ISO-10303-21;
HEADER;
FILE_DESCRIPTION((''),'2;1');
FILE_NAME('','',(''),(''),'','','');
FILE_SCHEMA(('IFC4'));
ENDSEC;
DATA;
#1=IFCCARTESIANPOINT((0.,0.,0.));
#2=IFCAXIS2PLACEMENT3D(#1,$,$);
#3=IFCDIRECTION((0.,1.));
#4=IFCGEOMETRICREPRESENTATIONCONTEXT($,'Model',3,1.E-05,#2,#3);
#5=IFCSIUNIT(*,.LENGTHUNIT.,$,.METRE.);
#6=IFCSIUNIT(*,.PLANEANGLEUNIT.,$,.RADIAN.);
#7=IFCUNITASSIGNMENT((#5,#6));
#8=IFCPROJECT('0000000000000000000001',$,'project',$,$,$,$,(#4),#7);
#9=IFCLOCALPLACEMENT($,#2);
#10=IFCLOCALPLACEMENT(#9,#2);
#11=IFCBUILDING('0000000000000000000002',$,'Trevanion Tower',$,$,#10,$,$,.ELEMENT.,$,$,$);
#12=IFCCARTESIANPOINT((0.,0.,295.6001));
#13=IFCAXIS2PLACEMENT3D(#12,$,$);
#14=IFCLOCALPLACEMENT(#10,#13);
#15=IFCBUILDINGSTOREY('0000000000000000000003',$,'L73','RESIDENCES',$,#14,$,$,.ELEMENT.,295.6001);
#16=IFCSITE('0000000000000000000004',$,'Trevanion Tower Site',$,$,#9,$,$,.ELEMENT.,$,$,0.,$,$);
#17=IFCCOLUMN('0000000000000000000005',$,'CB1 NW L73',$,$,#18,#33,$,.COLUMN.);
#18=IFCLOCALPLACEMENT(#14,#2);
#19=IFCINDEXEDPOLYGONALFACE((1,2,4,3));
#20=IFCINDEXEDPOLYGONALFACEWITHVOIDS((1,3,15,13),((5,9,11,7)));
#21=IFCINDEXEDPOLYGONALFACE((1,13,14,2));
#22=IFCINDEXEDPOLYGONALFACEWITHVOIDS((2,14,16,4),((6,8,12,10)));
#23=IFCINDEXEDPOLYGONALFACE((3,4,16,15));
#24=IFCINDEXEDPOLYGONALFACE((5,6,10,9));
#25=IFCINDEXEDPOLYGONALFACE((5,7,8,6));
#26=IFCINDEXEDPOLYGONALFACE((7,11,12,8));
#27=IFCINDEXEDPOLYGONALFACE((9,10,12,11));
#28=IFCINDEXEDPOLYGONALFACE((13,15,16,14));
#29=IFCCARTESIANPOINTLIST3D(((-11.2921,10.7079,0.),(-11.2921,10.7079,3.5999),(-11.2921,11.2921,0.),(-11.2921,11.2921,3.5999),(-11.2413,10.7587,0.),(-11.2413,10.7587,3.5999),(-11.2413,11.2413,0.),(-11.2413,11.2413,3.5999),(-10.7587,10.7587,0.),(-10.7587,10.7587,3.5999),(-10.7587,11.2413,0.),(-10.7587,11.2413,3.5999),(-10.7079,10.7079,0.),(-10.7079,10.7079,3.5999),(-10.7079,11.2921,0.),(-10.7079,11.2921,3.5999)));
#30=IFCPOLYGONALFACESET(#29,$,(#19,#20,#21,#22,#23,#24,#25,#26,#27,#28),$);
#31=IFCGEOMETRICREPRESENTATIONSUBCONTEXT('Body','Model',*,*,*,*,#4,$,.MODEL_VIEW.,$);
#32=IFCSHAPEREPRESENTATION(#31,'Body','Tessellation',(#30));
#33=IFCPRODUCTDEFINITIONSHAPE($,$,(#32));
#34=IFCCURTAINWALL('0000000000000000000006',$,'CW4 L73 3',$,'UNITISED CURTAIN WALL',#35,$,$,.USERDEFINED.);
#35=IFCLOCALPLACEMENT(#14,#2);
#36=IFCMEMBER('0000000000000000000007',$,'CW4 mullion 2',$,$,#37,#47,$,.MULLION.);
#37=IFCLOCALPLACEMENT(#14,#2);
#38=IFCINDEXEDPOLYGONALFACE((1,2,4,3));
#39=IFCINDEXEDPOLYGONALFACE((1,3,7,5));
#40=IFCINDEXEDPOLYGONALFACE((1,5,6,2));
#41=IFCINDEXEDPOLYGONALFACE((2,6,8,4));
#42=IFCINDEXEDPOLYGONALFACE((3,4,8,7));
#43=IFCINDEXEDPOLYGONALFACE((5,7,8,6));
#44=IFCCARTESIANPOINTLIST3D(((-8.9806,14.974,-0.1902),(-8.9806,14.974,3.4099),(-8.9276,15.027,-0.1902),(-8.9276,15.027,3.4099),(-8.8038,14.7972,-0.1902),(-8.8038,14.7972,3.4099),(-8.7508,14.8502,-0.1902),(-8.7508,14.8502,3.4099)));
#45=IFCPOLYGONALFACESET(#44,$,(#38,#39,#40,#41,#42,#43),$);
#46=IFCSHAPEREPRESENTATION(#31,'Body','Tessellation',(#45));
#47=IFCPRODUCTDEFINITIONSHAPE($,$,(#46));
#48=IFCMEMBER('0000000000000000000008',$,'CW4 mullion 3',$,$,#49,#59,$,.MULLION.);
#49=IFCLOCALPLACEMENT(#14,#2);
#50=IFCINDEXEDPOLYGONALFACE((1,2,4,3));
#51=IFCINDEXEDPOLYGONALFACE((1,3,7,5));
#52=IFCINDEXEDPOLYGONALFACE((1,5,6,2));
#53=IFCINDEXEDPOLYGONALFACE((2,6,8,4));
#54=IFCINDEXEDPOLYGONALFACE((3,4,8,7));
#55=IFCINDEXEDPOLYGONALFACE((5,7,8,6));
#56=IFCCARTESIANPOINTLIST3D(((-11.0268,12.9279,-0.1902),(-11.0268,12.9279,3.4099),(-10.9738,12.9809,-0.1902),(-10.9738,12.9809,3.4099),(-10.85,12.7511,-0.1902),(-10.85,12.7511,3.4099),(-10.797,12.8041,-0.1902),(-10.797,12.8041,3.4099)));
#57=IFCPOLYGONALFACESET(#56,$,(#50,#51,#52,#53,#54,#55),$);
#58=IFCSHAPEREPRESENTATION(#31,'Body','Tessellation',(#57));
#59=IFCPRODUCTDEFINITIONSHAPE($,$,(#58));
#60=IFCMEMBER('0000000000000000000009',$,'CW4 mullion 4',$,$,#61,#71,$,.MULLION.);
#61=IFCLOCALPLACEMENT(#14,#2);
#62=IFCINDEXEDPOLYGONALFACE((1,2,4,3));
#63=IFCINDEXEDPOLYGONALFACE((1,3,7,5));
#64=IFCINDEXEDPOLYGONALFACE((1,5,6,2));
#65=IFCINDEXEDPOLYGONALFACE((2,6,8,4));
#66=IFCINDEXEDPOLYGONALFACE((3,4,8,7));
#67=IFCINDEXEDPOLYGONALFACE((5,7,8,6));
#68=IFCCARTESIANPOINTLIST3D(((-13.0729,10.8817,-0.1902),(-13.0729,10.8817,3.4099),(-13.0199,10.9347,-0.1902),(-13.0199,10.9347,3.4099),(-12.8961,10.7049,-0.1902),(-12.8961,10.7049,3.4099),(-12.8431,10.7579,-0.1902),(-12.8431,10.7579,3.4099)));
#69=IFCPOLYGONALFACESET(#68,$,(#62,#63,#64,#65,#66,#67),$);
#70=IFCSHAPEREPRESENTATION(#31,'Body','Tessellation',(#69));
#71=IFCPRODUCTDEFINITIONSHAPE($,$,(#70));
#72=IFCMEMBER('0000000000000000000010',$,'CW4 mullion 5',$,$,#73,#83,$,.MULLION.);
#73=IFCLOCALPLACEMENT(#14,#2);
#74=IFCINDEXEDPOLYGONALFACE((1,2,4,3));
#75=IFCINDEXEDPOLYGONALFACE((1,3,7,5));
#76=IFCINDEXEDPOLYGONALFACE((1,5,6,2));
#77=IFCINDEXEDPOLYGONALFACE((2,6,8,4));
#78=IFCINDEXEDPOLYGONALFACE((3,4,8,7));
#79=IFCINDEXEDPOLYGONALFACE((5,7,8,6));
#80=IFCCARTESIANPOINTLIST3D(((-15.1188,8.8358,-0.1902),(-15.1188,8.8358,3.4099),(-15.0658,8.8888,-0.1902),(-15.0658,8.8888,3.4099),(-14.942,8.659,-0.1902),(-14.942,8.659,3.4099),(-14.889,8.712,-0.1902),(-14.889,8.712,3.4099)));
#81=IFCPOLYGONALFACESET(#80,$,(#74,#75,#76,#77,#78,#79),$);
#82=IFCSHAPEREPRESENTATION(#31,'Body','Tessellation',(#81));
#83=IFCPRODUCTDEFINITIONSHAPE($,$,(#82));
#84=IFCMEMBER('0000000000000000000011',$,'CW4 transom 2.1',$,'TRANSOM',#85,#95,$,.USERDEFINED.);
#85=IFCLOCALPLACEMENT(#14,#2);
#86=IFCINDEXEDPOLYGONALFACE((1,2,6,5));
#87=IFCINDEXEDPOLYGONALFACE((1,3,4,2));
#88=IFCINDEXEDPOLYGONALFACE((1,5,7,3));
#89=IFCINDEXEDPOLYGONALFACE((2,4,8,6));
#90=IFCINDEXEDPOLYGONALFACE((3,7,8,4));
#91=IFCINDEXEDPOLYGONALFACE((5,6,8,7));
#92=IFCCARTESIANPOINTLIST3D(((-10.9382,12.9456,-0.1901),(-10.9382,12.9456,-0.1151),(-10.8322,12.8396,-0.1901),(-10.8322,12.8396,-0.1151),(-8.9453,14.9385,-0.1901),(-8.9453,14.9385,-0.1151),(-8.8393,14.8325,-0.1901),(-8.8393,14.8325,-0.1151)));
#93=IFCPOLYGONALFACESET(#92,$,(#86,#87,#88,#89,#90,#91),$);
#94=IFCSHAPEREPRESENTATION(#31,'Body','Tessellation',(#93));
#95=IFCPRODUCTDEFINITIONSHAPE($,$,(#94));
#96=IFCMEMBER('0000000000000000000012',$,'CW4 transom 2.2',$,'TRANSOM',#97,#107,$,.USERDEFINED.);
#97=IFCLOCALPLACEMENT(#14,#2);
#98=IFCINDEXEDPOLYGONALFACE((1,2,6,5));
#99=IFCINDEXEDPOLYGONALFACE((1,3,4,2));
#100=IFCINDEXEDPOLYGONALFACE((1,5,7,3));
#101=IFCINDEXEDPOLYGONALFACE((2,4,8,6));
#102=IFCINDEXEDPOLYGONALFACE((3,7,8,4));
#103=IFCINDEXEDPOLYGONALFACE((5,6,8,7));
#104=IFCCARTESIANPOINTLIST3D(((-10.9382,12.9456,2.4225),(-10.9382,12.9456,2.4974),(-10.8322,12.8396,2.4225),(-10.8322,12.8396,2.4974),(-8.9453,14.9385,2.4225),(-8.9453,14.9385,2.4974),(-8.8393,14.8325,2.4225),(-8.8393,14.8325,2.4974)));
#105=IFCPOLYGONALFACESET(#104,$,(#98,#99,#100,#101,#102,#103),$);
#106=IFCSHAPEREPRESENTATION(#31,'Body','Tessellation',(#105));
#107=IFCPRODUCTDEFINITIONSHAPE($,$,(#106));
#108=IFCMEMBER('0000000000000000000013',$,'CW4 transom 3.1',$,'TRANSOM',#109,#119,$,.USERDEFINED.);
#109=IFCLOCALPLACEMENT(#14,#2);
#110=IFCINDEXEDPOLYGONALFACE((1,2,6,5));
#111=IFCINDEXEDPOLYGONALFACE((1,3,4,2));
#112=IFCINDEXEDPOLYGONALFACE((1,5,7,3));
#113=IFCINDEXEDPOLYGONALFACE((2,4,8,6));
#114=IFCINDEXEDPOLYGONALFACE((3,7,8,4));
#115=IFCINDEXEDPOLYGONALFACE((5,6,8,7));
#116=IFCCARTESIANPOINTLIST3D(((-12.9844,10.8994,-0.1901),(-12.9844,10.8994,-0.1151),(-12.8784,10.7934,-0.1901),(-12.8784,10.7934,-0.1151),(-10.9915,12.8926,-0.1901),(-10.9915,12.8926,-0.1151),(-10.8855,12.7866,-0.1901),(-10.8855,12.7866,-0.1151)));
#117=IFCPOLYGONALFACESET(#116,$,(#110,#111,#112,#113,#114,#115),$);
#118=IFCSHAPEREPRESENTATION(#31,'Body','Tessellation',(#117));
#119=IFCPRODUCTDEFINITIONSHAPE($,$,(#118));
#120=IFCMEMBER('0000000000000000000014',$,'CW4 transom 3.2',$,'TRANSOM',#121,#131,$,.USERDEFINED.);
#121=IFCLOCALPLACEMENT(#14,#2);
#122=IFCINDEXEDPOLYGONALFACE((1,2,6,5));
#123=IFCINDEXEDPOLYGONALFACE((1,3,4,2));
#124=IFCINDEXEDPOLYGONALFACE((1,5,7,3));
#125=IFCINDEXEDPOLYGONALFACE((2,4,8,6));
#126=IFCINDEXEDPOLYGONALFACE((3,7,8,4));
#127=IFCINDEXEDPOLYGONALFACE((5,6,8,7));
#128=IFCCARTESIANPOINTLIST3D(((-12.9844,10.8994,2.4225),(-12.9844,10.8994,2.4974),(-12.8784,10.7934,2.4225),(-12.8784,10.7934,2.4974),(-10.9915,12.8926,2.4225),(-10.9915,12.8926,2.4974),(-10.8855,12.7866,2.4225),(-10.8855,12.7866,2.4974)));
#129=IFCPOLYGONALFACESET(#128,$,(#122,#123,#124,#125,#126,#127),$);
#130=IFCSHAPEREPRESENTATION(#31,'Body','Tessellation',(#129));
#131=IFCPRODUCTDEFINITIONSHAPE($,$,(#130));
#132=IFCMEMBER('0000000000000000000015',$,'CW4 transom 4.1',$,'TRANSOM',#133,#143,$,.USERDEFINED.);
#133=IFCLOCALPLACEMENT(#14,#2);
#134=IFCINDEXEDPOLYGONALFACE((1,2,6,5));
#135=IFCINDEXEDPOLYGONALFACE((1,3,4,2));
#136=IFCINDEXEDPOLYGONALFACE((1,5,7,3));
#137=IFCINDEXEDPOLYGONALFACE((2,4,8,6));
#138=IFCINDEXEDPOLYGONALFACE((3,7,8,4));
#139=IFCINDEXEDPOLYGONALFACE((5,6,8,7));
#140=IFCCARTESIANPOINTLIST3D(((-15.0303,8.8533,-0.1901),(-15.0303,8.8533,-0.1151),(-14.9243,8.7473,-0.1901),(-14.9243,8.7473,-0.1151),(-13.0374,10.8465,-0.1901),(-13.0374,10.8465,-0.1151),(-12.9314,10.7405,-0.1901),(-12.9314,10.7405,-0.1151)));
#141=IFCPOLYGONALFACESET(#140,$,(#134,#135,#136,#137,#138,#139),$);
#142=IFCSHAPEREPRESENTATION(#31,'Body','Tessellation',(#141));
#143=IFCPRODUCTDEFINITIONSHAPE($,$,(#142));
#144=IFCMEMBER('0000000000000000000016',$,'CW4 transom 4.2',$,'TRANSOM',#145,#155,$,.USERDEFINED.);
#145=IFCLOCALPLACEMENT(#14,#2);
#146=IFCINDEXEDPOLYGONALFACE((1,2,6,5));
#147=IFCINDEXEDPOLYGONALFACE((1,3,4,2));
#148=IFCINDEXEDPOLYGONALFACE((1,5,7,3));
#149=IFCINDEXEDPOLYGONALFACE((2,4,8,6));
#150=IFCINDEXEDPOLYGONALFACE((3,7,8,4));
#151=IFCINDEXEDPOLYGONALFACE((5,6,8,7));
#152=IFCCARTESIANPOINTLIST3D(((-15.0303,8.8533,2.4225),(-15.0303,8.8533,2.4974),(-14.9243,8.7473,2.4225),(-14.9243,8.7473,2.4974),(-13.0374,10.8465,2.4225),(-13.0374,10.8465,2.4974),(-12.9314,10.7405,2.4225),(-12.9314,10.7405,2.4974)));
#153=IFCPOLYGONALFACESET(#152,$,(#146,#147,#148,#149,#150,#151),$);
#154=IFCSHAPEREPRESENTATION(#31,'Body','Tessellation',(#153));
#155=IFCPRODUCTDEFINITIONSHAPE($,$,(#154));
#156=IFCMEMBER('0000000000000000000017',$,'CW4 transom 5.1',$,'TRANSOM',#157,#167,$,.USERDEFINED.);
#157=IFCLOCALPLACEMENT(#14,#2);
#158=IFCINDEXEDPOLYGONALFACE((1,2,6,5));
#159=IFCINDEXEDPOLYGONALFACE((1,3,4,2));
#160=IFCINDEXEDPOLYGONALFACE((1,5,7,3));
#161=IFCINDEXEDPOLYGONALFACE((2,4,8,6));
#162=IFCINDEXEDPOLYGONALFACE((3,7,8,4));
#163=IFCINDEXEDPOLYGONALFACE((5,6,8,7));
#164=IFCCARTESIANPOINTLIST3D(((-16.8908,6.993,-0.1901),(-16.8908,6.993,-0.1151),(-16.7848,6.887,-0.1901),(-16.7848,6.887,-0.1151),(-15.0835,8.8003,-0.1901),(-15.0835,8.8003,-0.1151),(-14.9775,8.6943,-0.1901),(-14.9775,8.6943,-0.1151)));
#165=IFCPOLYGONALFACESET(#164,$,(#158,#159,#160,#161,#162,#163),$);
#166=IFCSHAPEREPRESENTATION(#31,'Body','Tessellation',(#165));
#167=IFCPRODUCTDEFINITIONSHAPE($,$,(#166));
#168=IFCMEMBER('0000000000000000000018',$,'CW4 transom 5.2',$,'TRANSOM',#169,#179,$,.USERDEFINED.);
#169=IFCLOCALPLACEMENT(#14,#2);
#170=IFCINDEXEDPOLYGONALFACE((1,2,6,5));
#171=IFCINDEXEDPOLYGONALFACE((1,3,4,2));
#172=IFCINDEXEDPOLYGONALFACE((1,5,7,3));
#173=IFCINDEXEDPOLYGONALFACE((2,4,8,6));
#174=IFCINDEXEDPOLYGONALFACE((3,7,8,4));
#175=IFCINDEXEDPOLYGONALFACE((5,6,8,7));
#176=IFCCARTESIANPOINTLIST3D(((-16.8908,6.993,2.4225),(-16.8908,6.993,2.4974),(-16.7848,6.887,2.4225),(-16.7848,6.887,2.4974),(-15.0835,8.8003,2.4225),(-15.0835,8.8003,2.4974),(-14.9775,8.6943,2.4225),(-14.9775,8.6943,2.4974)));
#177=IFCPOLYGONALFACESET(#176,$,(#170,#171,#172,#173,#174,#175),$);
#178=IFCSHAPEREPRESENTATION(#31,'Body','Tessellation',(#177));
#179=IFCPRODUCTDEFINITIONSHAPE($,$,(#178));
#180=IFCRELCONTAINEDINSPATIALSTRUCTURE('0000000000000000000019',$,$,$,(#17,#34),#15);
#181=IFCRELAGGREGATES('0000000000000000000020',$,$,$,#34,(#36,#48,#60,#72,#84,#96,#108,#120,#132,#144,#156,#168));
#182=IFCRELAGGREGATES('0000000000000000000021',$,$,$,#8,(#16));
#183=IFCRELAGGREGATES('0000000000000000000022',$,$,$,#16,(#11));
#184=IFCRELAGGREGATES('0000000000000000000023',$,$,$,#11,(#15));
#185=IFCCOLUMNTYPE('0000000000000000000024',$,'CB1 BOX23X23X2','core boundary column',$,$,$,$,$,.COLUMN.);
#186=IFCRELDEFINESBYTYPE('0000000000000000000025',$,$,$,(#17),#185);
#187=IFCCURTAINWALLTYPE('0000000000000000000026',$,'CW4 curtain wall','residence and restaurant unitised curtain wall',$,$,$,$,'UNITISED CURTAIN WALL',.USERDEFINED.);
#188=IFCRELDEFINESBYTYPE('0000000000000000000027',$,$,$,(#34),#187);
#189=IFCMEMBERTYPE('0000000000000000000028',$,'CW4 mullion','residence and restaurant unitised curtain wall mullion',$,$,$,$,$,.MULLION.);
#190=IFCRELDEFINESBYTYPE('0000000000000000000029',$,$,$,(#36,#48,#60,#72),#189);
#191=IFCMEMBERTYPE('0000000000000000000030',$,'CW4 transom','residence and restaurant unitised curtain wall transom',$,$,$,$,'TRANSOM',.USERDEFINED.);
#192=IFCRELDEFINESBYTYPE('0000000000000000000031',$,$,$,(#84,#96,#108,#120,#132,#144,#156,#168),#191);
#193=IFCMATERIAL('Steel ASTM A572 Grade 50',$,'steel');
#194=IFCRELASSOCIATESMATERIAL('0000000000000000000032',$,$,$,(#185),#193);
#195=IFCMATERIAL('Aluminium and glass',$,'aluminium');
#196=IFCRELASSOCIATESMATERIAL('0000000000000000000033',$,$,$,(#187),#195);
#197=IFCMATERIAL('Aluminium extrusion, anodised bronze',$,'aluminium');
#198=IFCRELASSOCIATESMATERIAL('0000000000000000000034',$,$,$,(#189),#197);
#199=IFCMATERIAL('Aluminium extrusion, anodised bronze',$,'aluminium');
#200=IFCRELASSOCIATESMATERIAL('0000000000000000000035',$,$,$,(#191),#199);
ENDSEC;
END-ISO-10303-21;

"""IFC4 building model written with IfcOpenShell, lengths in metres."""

from ifc_helpers import new_model, si_unit, direction, frame, origin, origin_2d, place, context, subcontext, project, spatial, rectangle, hollow_rectangle, extrude, material, material_profile, profile_set, type_object, element, aggregate, save


model = new_model("IFC4")

# Units and contexts
model_context = context("Model", 3, precision=1e-05, world=origin(), true_north=direction((0.0, 1.0)))
body_context = subcontext(model_context, "Body", "Model", "MODEL_VIEW")
ifc_project = project(units=[si_unit("LENGTHUNIT", "METRE"), si_unit("PLANEANGLEUNIT", "RADIAN")], contexts=[model_context])

# Site, building, storey
site_placement = place(None, origin())
site = spatial("IfcSite", under=ifc_project, at=site_placement, Name="Trevanion Tower Site", CompositionType="ELEMENT", RefElevation=0.0)
building_placement = place(site_placement, origin())
building = spatial("IfcBuilding", under=site, at=building_placement, Name="Trevanion Tower", CompositionType="ELEMENT")
storey_placement = place(building_placement, frame((0.0, 0.0, 295.6001)))
storey = spatial("IfcBuildingStorey", under=building, at=storey_placement, Name="L73", Description="RESIDENCES", CompositionType="ELEMENT", Elevation=295.6001)

# Column
ifc_material_1 = material(Name="Steel ASTM A572 Grade 50", Category="steel")
ifc_material_profile_1 = material_profile(ifc_material_1, hollow_rectangle(XDim=0.5842, YDim=0.5842, WallThickness=0.0508, at=origin_2d()), Name="BOX23X23X2")
ifc_profile_set_1 = profile_set([ifc_material_profile_1], Name="Steel ASTM A572 Grade 50")
column_type = type_object("IfcColumnType", Name="CB1 BOX23X23X2", Description="core boundary column", PredefinedType="COLUMN", material=ifc_profile_set_1)
column_placement = place(storey_placement, frame((-11.0, 11.0, 0.0), z_axis=(0.0, 0.0, 1.0), x_axis=(1.0, 0.0, 0.0)))
element("IfcColumn", 1, at=column_placement, inside=storey, type_object=column_type, Name="CB1 NW L73", PredefinedType="COLUMN", context=body_context, shape_type="SweptSolid", body=[
    extrude(hollow_rectangle(XDim=0.5842, YDim=0.5842, WallThickness=0.0508, at=origin_2d()), origin(), (0.0, 0.0, 1.0), 3.5999),
])

# Curtain wall, members
ifc_material_2 = material(Name="Aluminium and glass", Category="aluminium")
curtain_wall_type = type_object("IfcCurtainWallType", Name="CW4 curtain wall", Description="residence and restaurant unitised curtain wall", ElementType="UNITISED CURTAIN WALL", PredefinedType="USERDEFINED", material=ifc_material_2)
curtain_wall_placement = place(storey_placement, origin())
curtain_wall = element("IfcCurtainWall", 2, at=curtain_wall_placement, inside=storey, type_object=curtain_wall_type, Name="CW4 L73 3", ObjectType="UNITISED CURTAIN WALL", PredefinedType="USERDEFINED")
ifc_material_3 = material(Name="Aluminium extrusion, anodised bronze", Category="aluminium")
ifc_material_profile_2 = material_profile(ifc_material_3, rectangle(XDim=0.075, YDim=0.25, at=origin_2d()), Name="CW4 mullion")
ifc_profile_set_2 = profile_set([ifc_material_profile_2], Name="Aluminium extrusion, anodised bronze")
member_type_1 = type_object("IfcMemberType", Name="CW4 mullion", Description="residence and restaurant unitised curtain wall mullion", PredefinedType="MULLION", material=ifc_profile_set_2)
member_1_placement = place(storey_placement, frame((-8.8657, 14.9121, -0.1902), z_axis=(0.0, 0.0, 1.0), x_axis=(-0.707107, -0.707107, 0.0)))
member_1 = element("IfcMember", 3, at=member_1_placement, type_object=member_type_1, Name="CW4 mullion 2", PredefinedType="MULLION", context=body_context, shape_type="SweptSolid", body=[
    extrude(rectangle(XDim=0.075, YDim=0.25, at=origin_2d()), origin(), (0.0, 0.0, 1.0), 3.6001),
])
member_2_placement = place(storey_placement, frame((-10.9119, 12.866, -0.1902), z_axis=(0.0, 0.0, 1.0), x_axis=(-0.707107, -0.707107, 0.0)))
member_2 = element("IfcMember", 4, at=member_2_placement, type_object=member_type_1, Name="CW4 mullion 3", PredefinedType="MULLION", context=body_context, shape_type="SweptSolid", body=[
    extrude(rectangle(XDim=0.075, YDim=0.25, at=origin_2d()), origin(), (0.0, 0.0, 1.0), 3.6001),
])
member_3_placement = place(storey_placement, frame((-12.958, 10.8198, -0.1902), z_axis=(0.0, 0.0, 1.0), x_axis=(-0.707107, -0.707107, 0.0)))
member_3 = element("IfcMember", 5, at=member_3_placement, type_object=member_type_1, Name="CW4 mullion 4", PredefinedType="MULLION", context=body_context, shape_type="SweptSolid", body=[
    extrude(rectangle(XDim=0.075, YDim=0.25, at=origin_2d()), origin(), (0.0, 0.0, 1.0), 3.6001),
])
member_4_placement = place(storey_placement, frame((-15.0039, 8.7739, -0.1902), z_axis=(0.0, 0.0, 1.0), x_axis=(-0.707107, -0.707107, 0.0)))
member_4 = element("IfcMember", 6, at=member_4_placement, type_object=member_type_1, Name="CW4 mullion 5", PredefinedType="MULLION", context=body_context, shape_type="SweptSolid", body=[
    extrude(rectangle(XDim=0.075, YDim=0.25, at=origin_2d()), origin(), (0.0, 0.0, 1.0), 3.6001),
])
ifc_material_4 = material(Name="Aluminium extrusion, anodised bronze", Category="aluminium")
ifc_material_profile_3 = material_profile(ifc_material_4, rectangle(XDim=0.1499, YDim=0.075, at=origin_2d()), Name="CW4 transom")
ifc_profile_set_3 = profile_set([ifc_material_profile_3], Name="Aluminium extrusion, anodised bronze")
member_type_2 = type_object("IfcMemberType", Name="CW4 transom", Description="residence and restaurant unitised curtain wall transom", ElementType="TRANSOM", PredefinedType="USERDEFINED", material=ifc_profile_set_3)
member_5_placement = place(storey_placement, frame((-8.8923, 14.8855, -0.1526), z_axis=(-0.707107, -0.707107, 0.0), x_axis=(0.707107, -0.707107, 0.0)))
member_5 = element("IfcMember", 7, at=member_5_placement, type_object=member_type_2, Name="CW4 transom 2.1", ObjectType="TRANSOM", PredefinedType="USERDEFINED", context=body_context, shape_type="SweptSolid", body=[
    extrude(rectangle(XDim=0.1499, YDim=0.075, at=origin_2d()), origin(), (0.0, 0.0, 1.0), 2.8184),
])
member_6_placement = place(storey_placement, frame((-8.8923, 14.8855, 2.46), z_axis=(-0.707107, -0.707107, 0.0), x_axis=(0.707107, -0.707107, 0.0)))
member_6 = element("IfcMember", 8, at=member_6_placement, type_object=member_type_2, Name="CW4 transom 2.2", ObjectType="TRANSOM", PredefinedType="USERDEFINED", context=body_context, shape_type="SweptSolid", body=[
    extrude(rectangle(XDim=0.1499, YDim=0.075, at=origin_2d()), origin(), (0.0, 0.0, 1.0), 2.8184),
])
member_7_placement = place(storey_placement, frame((-10.9385, 12.8396, -0.1526), z_axis=(-0.707063, -0.70715, 0.0), x_axis=(0.70715, -0.707063, 0.0)))
member_7 = element("IfcMember", 9, at=member_7_placement, type_object=member_type_2, Name="CW4 transom 3.1", ObjectType="TRANSOM", PredefinedType="USERDEFINED", context=body_context, shape_type="SweptSolid", body=[
    extrude(rectangle(XDim=0.1499, YDim=0.075, at=origin_2d()), origin(), (0.0, 0.0, 1.0), 2.8186),
])
member_8_placement = place(storey_placement, frame((-10.9385, 12.8396, 2.46), z_axis=(-0.707063, -0.70715, 0.0), x_axis=(0.70715, -0.707063, 0.0)))
member_8 = element("IfcMember", 10, at=member_8_placement, type_object=member_type_2, Name="CW4 transom 3.2", ObjectType="TRANSOM", PredefinedType="USERDEFINED", context=body_context, shape_type="SweptSolid", body=[
    extrude(rectangle(XDim=0.1499, YDim=0.075, at=origin_2d()), origin(), (0.0, 0.0, 1.0), 2.8186),
])
member_9_placement = place(storey_placement, frame((-12.9844, 10.7935, -0.1526), z_axis=(-0.707063, -0.70715, 0.0), x_axis=(0.70715, -0.707063, 0.0)))
member_9 = element("IfcMember", 11, at=member_9_placement, type_object=member_type_2, Name="CW4 transom 4.1", ObjectType="TRANSOM", PredefinedType="USERDEFINED", context=body_context, shape_type="SweptSolid", body=[
    extrude(rectangle(XDim=0.1499, YDim=0.075, at=origin_2d()), origin(), (0.0, 0.0, 1.0), 2.8186),
])
member_10_placement = place(storey_placement, frame((-12.9844, 10.7935, 2.46), z_axis=(-0.707063, -0.70715, 0.0), x_axis=(0.70715, -0.707063, 0.0)))
member_10 = element("IfcMember", 12, at=member_10_placement, type_object=member_type_2, Name="CW4 transom 4.2", ObjectType="TRANSOM", PredefinedType="USERDEFINED", context=body_context, shape_type="SweptSolid", body=[
    extrude(rectangle(XDim=0.1499, YDim=0.075, at=origin_2d()), origin(), (0.0, 0.0, 1.0), 2.8186),
])
member_11_placement = place(storey_placement, frame((-15.0305, 8.7473, -0.1526), z_axis=(-0.707107, -0.707107, 0.0), x_axis=(0.707107, -0.707107, 0.0)))
member_11 = element("IfcMember", 13, at=member_11_placement, type_object=member_type_2, Name="CW4 transom 5.1", ObjectType="TRANSOM", PredefinedType="USERDEFINED", context=body_context, shape_type="SweptSolid", body=[
    extrude(rectangle(XDim=0.1499, YDim=0.075, at=origin_2d()), origin(), (0.0, 0.0, 1.0), 2.5559),
])
member_12_placement = place(storey_placement, frame((-15.0305, 8.7473, 2.46), z_axis=(-0.707107, -0.707107, 0.0), x_axis=(0.707107, -0.707107, 0.0)))
member_12 = element("IfcMember", 14, at=member_12_placement, type_object=member_type_2, Name="CW4 transom 5.2", ObjectType="TRANSOM", PredefinedType="USERDEFINED", context=body_context, shape_type="SweptSolid", body=[
    extrude(rectangle(XDim=0.1499, YDim=0.075, at=origin_2d()), origin(), (0.0, 0.0, 1.0), 2.5559),
])

aggregate(curtain_wall, [member_1, member_2, member_3, member_4, member_5, member_6, member_7, member_8, member_9, member_10, member_11, member_12])

save(model, "model.ifc")
